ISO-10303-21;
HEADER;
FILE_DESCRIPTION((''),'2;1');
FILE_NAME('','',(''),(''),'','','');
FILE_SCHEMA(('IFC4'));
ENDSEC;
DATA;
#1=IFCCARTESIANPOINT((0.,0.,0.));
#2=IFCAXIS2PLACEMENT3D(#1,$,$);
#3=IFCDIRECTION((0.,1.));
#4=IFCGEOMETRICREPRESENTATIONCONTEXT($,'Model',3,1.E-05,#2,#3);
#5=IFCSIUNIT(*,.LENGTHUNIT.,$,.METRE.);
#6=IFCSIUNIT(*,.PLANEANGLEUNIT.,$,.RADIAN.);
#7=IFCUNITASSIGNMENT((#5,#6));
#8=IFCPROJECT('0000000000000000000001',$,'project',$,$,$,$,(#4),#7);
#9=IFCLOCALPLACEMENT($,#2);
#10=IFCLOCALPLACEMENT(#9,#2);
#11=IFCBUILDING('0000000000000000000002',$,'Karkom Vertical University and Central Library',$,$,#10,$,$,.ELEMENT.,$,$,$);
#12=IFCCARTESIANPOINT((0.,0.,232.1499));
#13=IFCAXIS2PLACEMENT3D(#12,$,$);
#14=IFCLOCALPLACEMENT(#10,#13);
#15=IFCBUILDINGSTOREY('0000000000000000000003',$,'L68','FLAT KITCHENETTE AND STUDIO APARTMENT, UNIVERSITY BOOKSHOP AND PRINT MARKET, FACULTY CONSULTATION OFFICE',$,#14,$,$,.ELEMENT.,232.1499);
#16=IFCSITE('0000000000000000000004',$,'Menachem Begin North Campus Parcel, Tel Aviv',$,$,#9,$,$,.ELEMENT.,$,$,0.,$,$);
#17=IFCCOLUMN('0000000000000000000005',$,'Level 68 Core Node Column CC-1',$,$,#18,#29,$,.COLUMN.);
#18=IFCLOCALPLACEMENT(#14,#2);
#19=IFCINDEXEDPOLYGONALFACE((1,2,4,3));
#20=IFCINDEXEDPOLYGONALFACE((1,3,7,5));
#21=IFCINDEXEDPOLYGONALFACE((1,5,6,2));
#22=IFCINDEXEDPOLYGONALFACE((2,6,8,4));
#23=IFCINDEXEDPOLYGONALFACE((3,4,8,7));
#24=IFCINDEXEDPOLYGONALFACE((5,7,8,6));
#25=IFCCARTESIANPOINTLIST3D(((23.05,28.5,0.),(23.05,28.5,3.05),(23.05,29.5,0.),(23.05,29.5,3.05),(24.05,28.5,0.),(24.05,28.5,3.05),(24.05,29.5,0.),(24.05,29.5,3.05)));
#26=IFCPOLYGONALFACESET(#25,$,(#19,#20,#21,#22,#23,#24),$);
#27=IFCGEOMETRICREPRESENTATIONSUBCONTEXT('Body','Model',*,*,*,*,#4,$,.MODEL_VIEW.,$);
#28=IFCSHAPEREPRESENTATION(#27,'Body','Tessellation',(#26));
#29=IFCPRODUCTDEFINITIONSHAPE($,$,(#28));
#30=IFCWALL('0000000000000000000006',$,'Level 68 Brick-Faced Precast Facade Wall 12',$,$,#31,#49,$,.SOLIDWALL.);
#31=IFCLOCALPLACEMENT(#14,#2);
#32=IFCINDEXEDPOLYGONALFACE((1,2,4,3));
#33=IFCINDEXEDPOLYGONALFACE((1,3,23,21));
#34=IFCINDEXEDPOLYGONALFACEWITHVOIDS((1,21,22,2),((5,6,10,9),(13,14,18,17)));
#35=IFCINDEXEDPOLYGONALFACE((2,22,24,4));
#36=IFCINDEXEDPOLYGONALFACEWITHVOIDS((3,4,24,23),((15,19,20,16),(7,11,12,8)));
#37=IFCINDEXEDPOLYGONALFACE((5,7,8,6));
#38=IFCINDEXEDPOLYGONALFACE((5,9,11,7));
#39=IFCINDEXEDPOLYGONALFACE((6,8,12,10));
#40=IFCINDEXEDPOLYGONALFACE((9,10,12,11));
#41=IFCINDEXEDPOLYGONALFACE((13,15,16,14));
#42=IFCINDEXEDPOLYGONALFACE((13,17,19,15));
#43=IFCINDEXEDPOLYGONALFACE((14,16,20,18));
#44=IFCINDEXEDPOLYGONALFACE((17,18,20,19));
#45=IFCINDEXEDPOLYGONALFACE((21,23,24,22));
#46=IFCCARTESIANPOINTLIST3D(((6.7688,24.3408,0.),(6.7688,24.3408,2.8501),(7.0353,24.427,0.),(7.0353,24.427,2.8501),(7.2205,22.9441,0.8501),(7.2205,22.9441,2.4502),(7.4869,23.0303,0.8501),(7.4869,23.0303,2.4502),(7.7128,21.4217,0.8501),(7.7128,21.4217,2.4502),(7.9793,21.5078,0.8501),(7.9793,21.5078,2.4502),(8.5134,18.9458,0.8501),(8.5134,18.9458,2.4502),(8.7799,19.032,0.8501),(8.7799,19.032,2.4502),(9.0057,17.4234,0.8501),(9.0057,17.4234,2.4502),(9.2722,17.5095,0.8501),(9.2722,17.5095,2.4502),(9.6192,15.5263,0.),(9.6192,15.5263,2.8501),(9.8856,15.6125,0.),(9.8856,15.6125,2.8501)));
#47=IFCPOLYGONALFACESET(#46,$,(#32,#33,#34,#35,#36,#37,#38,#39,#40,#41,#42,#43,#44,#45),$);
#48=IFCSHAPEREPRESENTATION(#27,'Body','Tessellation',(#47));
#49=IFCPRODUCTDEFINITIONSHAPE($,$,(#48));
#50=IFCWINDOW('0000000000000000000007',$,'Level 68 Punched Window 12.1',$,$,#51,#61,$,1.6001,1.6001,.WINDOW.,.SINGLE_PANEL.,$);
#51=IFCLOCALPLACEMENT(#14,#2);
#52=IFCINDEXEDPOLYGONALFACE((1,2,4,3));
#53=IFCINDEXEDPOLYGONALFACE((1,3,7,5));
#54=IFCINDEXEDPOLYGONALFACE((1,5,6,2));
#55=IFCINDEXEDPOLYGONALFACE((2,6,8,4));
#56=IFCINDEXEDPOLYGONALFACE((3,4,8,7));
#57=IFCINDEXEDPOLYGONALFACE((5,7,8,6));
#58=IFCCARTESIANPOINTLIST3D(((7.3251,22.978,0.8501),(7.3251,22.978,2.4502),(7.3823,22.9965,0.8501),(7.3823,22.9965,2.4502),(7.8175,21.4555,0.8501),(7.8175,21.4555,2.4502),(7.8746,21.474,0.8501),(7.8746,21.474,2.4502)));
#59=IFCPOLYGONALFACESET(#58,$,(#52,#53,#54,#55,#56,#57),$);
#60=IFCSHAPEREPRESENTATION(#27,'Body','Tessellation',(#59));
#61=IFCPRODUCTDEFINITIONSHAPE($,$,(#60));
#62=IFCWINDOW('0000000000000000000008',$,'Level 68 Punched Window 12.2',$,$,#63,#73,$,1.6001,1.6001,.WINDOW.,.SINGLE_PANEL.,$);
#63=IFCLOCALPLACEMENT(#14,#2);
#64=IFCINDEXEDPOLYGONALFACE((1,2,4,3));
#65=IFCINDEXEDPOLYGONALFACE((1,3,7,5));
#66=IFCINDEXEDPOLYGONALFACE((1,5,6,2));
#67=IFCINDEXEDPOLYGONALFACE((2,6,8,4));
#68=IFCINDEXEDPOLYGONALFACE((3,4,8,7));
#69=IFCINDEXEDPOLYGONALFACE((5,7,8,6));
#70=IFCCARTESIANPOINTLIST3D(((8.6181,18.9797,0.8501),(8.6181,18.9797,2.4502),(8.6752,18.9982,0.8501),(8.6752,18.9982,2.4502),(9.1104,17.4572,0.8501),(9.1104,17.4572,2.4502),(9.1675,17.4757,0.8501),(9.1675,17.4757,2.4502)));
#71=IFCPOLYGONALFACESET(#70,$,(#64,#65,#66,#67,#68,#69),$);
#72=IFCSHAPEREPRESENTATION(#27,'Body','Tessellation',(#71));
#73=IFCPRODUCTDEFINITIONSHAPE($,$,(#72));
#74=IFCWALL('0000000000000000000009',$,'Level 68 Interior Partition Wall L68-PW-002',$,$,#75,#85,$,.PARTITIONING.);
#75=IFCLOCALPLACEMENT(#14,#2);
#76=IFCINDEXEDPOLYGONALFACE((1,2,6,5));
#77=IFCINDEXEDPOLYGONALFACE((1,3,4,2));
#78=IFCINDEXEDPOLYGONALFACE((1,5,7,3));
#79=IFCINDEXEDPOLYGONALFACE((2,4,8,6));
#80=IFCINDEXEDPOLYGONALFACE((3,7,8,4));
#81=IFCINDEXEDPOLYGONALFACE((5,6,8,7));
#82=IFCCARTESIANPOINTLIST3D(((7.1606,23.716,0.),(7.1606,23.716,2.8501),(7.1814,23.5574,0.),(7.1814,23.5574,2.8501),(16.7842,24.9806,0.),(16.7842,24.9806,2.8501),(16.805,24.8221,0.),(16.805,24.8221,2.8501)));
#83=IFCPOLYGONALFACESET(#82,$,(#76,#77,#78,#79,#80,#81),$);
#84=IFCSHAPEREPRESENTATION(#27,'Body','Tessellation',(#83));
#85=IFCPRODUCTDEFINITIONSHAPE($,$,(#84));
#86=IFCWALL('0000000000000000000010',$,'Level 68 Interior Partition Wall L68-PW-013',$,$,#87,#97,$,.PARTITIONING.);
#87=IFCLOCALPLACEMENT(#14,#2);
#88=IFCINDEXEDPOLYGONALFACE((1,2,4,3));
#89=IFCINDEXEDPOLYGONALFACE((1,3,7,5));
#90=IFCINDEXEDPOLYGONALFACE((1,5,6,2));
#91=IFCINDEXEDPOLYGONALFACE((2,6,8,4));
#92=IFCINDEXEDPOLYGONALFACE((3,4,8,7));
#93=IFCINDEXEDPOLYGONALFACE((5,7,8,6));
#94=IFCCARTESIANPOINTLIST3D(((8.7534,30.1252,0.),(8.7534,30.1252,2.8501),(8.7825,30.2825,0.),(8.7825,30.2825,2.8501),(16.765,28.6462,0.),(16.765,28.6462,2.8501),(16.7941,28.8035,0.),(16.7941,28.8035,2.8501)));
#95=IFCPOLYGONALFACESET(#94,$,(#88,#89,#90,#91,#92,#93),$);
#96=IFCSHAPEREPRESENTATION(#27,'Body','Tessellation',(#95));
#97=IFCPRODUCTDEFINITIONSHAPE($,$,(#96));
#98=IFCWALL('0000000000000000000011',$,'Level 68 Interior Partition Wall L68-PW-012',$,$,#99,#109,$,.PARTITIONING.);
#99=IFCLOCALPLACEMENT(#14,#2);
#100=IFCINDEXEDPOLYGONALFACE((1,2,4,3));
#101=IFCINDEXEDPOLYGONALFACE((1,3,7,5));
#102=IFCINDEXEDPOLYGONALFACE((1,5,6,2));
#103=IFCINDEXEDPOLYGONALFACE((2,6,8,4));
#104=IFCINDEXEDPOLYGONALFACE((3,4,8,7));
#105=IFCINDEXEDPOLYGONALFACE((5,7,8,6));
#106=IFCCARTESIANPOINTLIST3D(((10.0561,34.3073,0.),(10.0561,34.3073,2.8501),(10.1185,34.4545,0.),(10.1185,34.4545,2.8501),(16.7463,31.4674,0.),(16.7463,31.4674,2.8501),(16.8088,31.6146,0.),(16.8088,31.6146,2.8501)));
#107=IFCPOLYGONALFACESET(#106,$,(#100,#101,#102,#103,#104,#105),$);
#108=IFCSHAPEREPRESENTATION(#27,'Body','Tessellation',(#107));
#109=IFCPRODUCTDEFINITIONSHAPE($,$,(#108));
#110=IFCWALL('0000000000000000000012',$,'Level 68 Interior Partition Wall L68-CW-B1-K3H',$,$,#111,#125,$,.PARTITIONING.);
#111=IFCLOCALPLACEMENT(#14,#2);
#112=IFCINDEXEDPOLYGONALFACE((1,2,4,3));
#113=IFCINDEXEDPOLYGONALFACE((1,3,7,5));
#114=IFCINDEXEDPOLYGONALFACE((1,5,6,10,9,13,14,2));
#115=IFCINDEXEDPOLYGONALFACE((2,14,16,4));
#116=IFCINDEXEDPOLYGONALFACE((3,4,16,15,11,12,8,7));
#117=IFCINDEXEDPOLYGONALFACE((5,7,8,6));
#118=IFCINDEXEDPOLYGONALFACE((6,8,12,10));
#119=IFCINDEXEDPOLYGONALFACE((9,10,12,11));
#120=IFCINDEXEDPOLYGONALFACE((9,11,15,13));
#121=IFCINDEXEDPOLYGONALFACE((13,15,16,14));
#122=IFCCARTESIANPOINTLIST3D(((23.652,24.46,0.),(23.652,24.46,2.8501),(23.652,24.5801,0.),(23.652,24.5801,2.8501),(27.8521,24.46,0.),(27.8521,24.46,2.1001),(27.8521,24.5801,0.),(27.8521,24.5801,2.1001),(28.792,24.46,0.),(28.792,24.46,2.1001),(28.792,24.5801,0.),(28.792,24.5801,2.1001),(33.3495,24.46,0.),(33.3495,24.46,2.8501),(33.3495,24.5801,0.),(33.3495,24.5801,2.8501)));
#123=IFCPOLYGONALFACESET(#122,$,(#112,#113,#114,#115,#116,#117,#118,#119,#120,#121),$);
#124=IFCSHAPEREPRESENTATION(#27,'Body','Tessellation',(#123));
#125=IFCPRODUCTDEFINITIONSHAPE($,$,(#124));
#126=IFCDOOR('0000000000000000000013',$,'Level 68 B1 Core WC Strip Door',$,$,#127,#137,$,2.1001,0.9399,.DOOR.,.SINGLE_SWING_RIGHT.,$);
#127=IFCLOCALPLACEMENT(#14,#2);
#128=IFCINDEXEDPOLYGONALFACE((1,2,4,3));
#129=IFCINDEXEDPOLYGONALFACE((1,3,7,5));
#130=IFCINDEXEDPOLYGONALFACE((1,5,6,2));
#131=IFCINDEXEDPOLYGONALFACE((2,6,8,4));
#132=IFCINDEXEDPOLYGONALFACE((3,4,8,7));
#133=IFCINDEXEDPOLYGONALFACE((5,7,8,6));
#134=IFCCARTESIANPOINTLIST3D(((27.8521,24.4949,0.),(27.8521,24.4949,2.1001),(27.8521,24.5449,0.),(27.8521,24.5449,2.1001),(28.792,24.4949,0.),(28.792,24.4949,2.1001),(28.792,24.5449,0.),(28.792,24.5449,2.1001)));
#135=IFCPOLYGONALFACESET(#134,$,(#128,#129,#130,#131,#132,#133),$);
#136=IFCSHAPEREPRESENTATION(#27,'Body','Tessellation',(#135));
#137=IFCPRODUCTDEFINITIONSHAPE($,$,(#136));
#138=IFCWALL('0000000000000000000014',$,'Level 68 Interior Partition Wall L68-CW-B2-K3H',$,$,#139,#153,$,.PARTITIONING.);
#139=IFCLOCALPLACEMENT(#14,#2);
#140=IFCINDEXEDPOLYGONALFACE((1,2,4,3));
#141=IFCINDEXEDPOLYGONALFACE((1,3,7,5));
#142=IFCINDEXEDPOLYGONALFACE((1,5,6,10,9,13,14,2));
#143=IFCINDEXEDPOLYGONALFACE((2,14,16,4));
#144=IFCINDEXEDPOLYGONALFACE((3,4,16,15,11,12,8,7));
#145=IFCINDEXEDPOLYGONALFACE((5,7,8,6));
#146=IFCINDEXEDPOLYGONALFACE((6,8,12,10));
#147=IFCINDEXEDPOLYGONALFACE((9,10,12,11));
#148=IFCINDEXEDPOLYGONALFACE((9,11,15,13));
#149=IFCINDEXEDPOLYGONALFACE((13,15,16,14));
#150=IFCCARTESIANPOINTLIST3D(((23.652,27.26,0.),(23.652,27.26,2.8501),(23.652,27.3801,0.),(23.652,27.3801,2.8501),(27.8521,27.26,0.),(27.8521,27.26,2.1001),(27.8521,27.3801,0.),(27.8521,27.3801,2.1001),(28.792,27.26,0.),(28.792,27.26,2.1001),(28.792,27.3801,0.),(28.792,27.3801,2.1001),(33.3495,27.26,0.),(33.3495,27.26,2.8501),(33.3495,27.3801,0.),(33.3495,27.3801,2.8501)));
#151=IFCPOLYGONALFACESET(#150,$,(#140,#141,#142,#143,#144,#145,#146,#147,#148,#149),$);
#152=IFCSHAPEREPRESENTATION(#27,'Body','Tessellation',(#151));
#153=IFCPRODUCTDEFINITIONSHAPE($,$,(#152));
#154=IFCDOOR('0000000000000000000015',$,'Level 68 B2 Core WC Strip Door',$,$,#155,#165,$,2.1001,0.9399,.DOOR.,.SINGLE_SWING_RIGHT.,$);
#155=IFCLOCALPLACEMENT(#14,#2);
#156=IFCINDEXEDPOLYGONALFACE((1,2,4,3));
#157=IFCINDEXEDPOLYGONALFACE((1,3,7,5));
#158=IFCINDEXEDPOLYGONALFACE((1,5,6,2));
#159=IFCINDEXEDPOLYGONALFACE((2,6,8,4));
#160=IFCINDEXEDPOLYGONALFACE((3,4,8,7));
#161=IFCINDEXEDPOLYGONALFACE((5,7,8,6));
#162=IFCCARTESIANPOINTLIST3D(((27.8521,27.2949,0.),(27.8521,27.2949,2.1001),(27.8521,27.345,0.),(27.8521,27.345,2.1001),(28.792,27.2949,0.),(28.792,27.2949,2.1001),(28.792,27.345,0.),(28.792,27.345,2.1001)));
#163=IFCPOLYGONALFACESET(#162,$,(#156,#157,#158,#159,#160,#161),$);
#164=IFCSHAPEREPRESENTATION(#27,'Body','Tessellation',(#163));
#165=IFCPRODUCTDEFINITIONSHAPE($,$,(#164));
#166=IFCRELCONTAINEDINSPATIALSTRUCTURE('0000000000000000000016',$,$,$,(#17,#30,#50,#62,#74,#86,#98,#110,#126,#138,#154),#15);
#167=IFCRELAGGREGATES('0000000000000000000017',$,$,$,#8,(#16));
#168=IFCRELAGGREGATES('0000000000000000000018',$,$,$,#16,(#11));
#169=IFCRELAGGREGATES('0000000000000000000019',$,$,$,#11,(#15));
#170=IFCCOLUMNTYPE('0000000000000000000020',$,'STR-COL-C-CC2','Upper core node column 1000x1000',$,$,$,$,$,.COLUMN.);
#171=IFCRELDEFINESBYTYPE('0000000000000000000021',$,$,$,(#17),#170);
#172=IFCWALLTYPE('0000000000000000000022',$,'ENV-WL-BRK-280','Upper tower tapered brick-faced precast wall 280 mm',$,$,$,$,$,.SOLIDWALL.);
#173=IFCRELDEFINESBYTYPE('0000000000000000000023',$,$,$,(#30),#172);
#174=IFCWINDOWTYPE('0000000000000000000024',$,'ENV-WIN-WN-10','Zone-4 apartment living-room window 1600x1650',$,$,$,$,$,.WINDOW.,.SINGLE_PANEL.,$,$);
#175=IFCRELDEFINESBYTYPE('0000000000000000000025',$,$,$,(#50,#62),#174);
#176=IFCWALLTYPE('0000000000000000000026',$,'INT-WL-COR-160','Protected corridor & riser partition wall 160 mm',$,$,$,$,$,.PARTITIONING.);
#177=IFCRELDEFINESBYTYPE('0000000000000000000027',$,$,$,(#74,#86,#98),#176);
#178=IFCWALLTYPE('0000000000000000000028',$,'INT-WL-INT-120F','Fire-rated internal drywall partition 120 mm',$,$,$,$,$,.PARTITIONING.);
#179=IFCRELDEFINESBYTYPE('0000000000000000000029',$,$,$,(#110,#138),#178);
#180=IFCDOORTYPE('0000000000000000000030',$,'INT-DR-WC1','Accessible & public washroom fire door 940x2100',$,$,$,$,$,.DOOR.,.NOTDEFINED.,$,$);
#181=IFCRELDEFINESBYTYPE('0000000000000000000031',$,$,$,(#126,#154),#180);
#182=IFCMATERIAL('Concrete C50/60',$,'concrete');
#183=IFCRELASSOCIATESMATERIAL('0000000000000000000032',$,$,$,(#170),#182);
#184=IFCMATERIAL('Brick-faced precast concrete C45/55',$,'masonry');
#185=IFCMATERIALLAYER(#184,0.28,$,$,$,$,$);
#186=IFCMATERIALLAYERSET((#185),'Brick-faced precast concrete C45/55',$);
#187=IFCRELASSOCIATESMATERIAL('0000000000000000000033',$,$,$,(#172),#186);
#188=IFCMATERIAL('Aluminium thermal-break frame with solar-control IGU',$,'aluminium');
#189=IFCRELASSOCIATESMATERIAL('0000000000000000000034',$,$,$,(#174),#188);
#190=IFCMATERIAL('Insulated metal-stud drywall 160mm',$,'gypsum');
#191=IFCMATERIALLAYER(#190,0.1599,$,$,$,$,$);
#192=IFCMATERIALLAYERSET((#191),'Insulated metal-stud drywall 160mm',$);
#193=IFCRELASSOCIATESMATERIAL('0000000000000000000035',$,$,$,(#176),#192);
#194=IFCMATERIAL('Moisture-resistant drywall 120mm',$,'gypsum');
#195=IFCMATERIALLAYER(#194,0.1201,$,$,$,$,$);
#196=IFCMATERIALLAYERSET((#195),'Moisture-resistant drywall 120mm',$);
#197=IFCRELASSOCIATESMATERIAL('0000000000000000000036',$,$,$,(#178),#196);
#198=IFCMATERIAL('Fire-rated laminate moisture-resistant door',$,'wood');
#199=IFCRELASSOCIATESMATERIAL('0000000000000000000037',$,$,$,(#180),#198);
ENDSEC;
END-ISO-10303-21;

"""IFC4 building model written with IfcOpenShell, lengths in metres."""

from ifc_helpers import new_model, si_unit, direction, frame, frame_2d, origin, origin_with_axes, origin_2d, place, context, subcontext, project, spatial, rectangle, extrude, source, transform, mapped, material, layer, layer_set, material_profile, profile_set, type_object, element, fill, save


model = new_model("IFC4")

# Units and contexts
model_context = context("Model", 3, precision=1e-05, world=origin(), true_north=direction((0.0, 1.0)))
body_context = subcontext(model_context, "Body", "Model", "MODEL_VIEW")
ifc_project = project(units=[si_unit("LENGTHUNIT", "METRE"), si_unit("PLANEANGLEUNIT", "RADIAN")], contexts=[model_context])

# Site, building, storey
site_placement = place(None, origin())
site = spatial("IfcSite", under=ifc_project, at=site_placement, Name="Menachem Begin North Campus Parcel, Tel Aviv", CompositionType="ELEMENT", RefElevation=0.0)
building_placement = place(site_placement, origin())
building = spatial("IfcBuilding", under=site, at=building_placement, Name="Karkom Vertical University and Central Library", CompositionType="ELEMENT")
storey_placement = place(building_placement, frame((0.0, 0.0, 232.1499)))
storey = spatial("IfcBuildingStorey", under=building, at=storey_placement, Name="L68", Description="FLAT KITCHENETTE AND STUDIO APARTMENT, UNIVERSITY BOOKSHOP AND PRINT MARKET, FACULTY CONSULTATION OFFICE", CompositionType="ELEMENT", Elevation=232.1499)

# Column
ifc_material_1 = material(Name="Concrete C50/60", Category="concrete")
ifc_material_profile = material_profile(ifc_material_1, rectangle(XDim=1.0, YDim=1.0, at=origin_2d()), Name="RC-1000x1000")
ifc_profile_set = profile_set([ifc_material_profile], Name="Concrete C50/60")
column_type = type_object("IfcColumnType", Name="STR-COL-C-CC2", Description="Upper core node column 1000x1000", PredefinedType="COLUMN", material=ifc_profile_set)
shared_shape_1 = source(origin_with_axes(), body_context, "Body", "SweptSolid", [
    extrude(rectangle(XDim=1.0, YDim=1.0, at=origin_2d()), origin(), (0.0, 0.0, 1.0), 3.05),
])
column_placement = place(storey_placement, frame((23.55, 29.0, 0.0), z_axis=(0.0, 0.0, 1.0), x_axis=(1.0, 0.0, 0.0)))
element("IfcColumn", 1, at=column_placement, inside=storey, type_object=column_type, Name="Level 68 Core Node Column CC-1", PredefinedType="COLUMN", context=body_context, shape_type="MappedRepresentation", body=[
    mapped(shared_shape_1, transform((0.0, 0.0, 0.0), scale=1.0)),
])

# Wall, openings, windows
ifc_material_2 = material(Name="Brick-faced precast concrete C45/55", Category="masonry")
ifc_layer_1 = layer(ifc_material_2, 0.28)
ifc_layer_set_1 = layer_set([ifc_layer_1], Name="Brick-faced precast concrete C45/55")
wall_type_1 = type_object("IfcWallType", Name="ENV-WL-BRK-280", Description="Upper tower tapered brick-faced precast wall 280 mm", PredefinedType="SOLIDWALL", material=ifc_layer_set_1)
wall_1_placement = place(storey_placement, frame((6.9021, 24.3838, 0.0), z_axis=(0.0, 0.0, 1.0), x_axis=(0.307684, -0.951489, 0.0)))
wall_1 = element("IfcWall", 2, at=wall_1_placement, inside=storey, type_object=wall_type_1, Name="Level 68 Brick-Faced Precast Facade Wall 12", PredefinedType="SOLIDWALL", context=body_context, shape_type="SweptSolid", body=[
    extrude(rectangle(XDim=9.2639, YDim=0.28, at=frame_2d((4.6318, 0.0))), origin(), (0.0, 0.0, 1.0), 2.8501),
])
opening_1_placement = place(wall_1_placement, frame((1.4678, 0.0, 0.8501)))
opening_1 = element("IfcOpeningElement", 3, at=opening_1_placement, cuts=wall_1, PredefinedType="OPENING", context=body_context, shape_type="SweptSolid", body=[
    extrude(rectangle(XDim=1.6001, YDim=1.6001, at=frame_2d((0.8, 0.8))), frame((0.0, 0.1499, 0.0), z_axis=(0.0, -1.0, 0.0), x_axis=(1.0, 0.0, 0.0)), (0.0, 0.0, 1.0), 0.3),
])
opening_2_placement = place(wall_1_placement, frame((5.6699, 0.0, 0.8501)))
opening_2 = element("IfcOpeningElement", 4, at=opening_2_placement, cuts=wall_1, PredefinedType="OPENING", context=body_context, shape_type="SweptSolid", body=[
    extrude(rectangle(XDim=1.6001, YDim=1.6001, at=frame_2d((0.8, 0.8))), frame((0.0, 0.1499, 0.0), z_axis=(0.0, -1.0, 0.0), x_axis=(1.0, 0.0, 0.0)), (0.0, 0.0, 1.0), 0.3),
])
ifc_material_3 = material(Name="Aluminium thermal-break frame with solar-control IGU", Category="aluminium")
window_type = type_object("IfcWindowType", Name="ENV-WIN-WN-10", Description="Zone-4 apartment living-room window 1600x1650", PartitioningType="SINGLE_PANEL", PredefinedType="WINDOW", material=ifc_material_3)
shared_shape_2 = source(origin_with_axes(), body_context, "Body", "SweptSolid", [
    extrude(rectangle(XDim=1.6001, YDim=1.6001, at=frame_2d((0.8, 0.8))), frame((0.0, 0.03, 0.0), z_axis=(0.0, -1.0, 0.0), x_axis=(1.0, 0.0, 0.0)), (0.0, 0.0, 1.0), 0.0601),
])
window_1_placement = place(opening_1_placement, origin())
window_1 = element("IfcWindow", 5, at=window_1_placement, inside=storey, type_object=window_type, Name="Level 68 Punched Window 12.1", OverallHeight=1.6001, OverallWidth=1.6001, PartitioningType="SINGLE_PANEL", PredefinedType="WINDOW", context=body_context, shape_type="MappedRepresentation", body=[
    mapped(shared_shape_2, transform((0.0, 0.0, 0.0), scale=1.0)),
])
fill(opening_1, window_1)
window_2_placement = place(opening_2_placement, origin())
window_2 = element("IfcWindow", 6, at=window_2_placement, inside=storey, type_object=window_type, Name="Level 68 Punched Window 12.2", OverallHeight=1.6001, OverallWidth=1.6001, PartitioningType="SINGLE_PANEL", PredefinedType="WINDOW", context=body_context, shape_type="MappedRepresentation", body=[
    mapped(shared_shape_2, transform((0.0, 0.0, 0.0), scale=1.0)),
])
fill(opening_2, window_2)

# Walls
ifc_material_4 = material(Name="Insulated metal-stud drywall 160mm", Category="gypsum")
ifc_layer_2 = layer(ifc_material_4, 0.1599)
ifc_layer_set_2 = layer_set([ifc_layer_2], Name="Insulated metal-stud drywall 160mm")
wall_type_2 = type_object("IfcWallType", Name="INT-WL-COR-160", Description="Protected corridor & riser partition wall 160 mm", PredefinedType="PARTITIONING", material=ifc_layer_set_2)
wall_2_placement = place(storey_placement, frame((7.1711, 23.6367, 0.0), z_axis=(0.0, 0.0, 1.0), x_axis=(0.991476, 0.130292, 0.0)))
element("IfcWall", 7, at=wall_2_placement, inside=storey, type_object=wall_type_2, Name="Level 68 Interior Partition Wall L68-PW-002", PredefinedType="PARTITIONING", context=body_context, shape_type="SweptSolid", body=[
    extrude(rectangle(XDim=9.7063, YDim=0.1599, at=frame_2d((4.853, 0.0))), origin(), (0.0, 0.0, 1.0), 2.8501),
])
wall_3_placement = place(storey_placement, frame((16.7795, 28.7249, 0.0), z_axis=(0.0, 0.0, 1.0), x_axis=(-0.983384, 0.181538, 0.0)))
element("IfcWall", 8, at=wall_3_placement, inside=storey, type_object=wall_type_2, Name="Level 68 Interior Partition Wall L68-PW-013", PredefinedType="PARTITIONING", context=body_context, shape_type="SweptSolid", body=[
    extrude(rectangle(XDim=8.147, YDim=0.1599, at=frame_2d((4.0735, 0.0))), origin(), (0.0, 0.0, 1.0), 2.8501),
])
wall_4_placement = place(storey_placement, frame((16.7776, 31.541, 0.0), z_axis=(0.0, 0.0, 1.0), x_axis=(-0.920503, 0.390734, 0.0)))
element("IfcWall", 9, at=wall_4_placement, inside=storey, type_object=wall_type_2, Name="Level 68 Interior Partition Wall L68-PW-012", PredefinedType="PARTITIONING", context=body_context, shape_type="SweptSolid", body=[
    extrude(rectangle(XDim=7.2681, YDim=0.1599, at=frame_2d((3.634, 0.0))), origin(), (0.0, 0.0, 1.0), 2.8501),
])

# Walls, openings, doors
ifc_material_5 = material(Name="Moisture-resistant drywall 120mm", Category="gypsum")
ifc_layer_3 = layer(ifc_material_5, 0.1201)
ifc_layer_set_3 = layer_set([ifc_layer_3], Name="Moisture-resistant drywall 120mm")
wall_type_3 = type_object("IfcWallType", Name="INT-WL-INT-120F", Description="Fire-rated internal drywall partition 120 mm", PredefinedType="PARTITIONING", material=ifc_layer_set_3)
wall_5_placement = place(storey_placement, frame((23.6521, 24.52, 0.0), z_axis=(0.0, 0.0, 1.0), x_axis=(1.0, 0.0, 0.0)))
wall_5 = element("IfcWall", 10, at=wall_5_placement, inside=storey, type_object=wall_type_3, Name="Level 68 Interior Partition Wall L68-CW-B1-K3H", PredefinedType="PARTITIONING", context=body_context, shape_type="SweptSolid", body=[
    extrude(rectangle(XDim=9.6975, YDim=0.1201, at=frame_2d((4.8486, 0.0))), origin(), (0.0, 0.0, 1.0), 2.8501),
])
opening_3_placement = place(wall_5_placement, frame((4.2, 0.0, 0.0)))
opening_3 = element("IfcOpeningElement", 11, at=opening_3_placement, cuts=wall_5, PredefinedType="OPENING", context=body_context, shape_type="SweptSolid", body=[
    extrude(rectangle(XDim=0.9399, YDim=2.1001, at=frame_2d((0.47, 1.05))), frame((0.0, 0.0701, 0.0), z_axis=(0.0, -1.0, 0.0), x_axis=(1.0, 0.0, 0.0)), (0.0, 0.0, 1.0), 0.1401),
])
ifc_material_6 = material(Name="Fire-rated laminate moisture-resistant door", Category="wood")
door_type_1 = type_object("IfcDoorType", Name="INT-DR-WC1", Description="Accessible & public washroom fire door 940x2100", OperationType="NOTDEFINED", PredefinedType="DOOR", material=ifc_material_6)
shared_shape_3 = source(origin_with_axes(), body_context, "Body", "SweptSolid", [
    extrude(rectangle(XDim=0.9399, YDim=2.1001, at=frame_2d((0.47, 1.05))), frame((0.0, 0.0249, 0.0), z_axis=(0.0, -1.0, 0.0), x_axis=(1.0, 0.0, 0.0)), (0.0, 0.0, 1.0), 0.05),
])
door_1_placement = place(opening_3_placement, origin())
door_1 = element("IfcDoor", 12, at=door_1_placement, inside=storey, type_object=door_type_1, Name="Level 68 B1 Core WC Strip Door", OperationType="SINGLE_SWING_RIGHT", OverallHeight=2.1001, OverallWidth=0.9399, PredefinedType="DOOR", context=body_context, shape_type="MappedRepresentation", body=[
    mapped(shared_shape_3, transform((0.0, 0.0, 0.0), scale=1.0)),
])
fill(opening_3, door_1)
wall_6_placement = place(storey_placement, frame((23.6521, 27.3201, 0.0), z_axis=(0.0, 0.0, 1.0), x_axis=(1.0, 0.0, 0.0)))
wall_6 = element("IfcWall", 13, at=wall_6_placement, inside=storey, type_object=wall_type_3, Name="Level 68 Interior Partition Wall L68-CW-B2-K3H", PredefinedType="PARTITIONING", context=body_context, shape_type="SweptSolid", body=[
    extrude(rectangle(XDim=9.6975, YDim=0.1201, at=frame_2d((4.8486, 0.0))), origin(), (0.0, 0.0, 1.0), 2.8501),
])
opening_4_placement = place(wall_6_placement, frame((4.2, 0.0, 0.0)))
opening_4 = element("IfcOpeningElement", 14, at=opening_4_placement, cuts=wall_6, PredefinedType="OPENING", context=body_context, shape_type="SweptSolid", body=[
    extrude(rectangle(XDim=0.9399, YDim=2.1001, at=frame_2d((0.47, 1.05))), frame((0.0, 0.0701, 0.0), z_axis=(0.0, -1.0, 0.0), x_axis=(1.0, 0.0, 0.0)), (0.0, 0.0, 1.0), 0.1401),
])
door_2_placement = place(opening_4_placement, origin())
door_2 = element("IfcDoor", 15, at=door_2_placement, inside=storey, type_object=door_type_1, Name="Level 68 B2 Core WC Strip Door", OperationType="SINGLE_SWING_RIGHT", OverallHeight=2.1001, OverallWidth=0.9399, PredefinedType="DOOR", context=body_context, shape_type="MappedRepresentation", body=[
    mapped(shared_shape_3, transform((0.0, 0.0, 0.0), scale=1.0)),
])
fill(opening_4, door_2)

save(model, "model.ifc")
